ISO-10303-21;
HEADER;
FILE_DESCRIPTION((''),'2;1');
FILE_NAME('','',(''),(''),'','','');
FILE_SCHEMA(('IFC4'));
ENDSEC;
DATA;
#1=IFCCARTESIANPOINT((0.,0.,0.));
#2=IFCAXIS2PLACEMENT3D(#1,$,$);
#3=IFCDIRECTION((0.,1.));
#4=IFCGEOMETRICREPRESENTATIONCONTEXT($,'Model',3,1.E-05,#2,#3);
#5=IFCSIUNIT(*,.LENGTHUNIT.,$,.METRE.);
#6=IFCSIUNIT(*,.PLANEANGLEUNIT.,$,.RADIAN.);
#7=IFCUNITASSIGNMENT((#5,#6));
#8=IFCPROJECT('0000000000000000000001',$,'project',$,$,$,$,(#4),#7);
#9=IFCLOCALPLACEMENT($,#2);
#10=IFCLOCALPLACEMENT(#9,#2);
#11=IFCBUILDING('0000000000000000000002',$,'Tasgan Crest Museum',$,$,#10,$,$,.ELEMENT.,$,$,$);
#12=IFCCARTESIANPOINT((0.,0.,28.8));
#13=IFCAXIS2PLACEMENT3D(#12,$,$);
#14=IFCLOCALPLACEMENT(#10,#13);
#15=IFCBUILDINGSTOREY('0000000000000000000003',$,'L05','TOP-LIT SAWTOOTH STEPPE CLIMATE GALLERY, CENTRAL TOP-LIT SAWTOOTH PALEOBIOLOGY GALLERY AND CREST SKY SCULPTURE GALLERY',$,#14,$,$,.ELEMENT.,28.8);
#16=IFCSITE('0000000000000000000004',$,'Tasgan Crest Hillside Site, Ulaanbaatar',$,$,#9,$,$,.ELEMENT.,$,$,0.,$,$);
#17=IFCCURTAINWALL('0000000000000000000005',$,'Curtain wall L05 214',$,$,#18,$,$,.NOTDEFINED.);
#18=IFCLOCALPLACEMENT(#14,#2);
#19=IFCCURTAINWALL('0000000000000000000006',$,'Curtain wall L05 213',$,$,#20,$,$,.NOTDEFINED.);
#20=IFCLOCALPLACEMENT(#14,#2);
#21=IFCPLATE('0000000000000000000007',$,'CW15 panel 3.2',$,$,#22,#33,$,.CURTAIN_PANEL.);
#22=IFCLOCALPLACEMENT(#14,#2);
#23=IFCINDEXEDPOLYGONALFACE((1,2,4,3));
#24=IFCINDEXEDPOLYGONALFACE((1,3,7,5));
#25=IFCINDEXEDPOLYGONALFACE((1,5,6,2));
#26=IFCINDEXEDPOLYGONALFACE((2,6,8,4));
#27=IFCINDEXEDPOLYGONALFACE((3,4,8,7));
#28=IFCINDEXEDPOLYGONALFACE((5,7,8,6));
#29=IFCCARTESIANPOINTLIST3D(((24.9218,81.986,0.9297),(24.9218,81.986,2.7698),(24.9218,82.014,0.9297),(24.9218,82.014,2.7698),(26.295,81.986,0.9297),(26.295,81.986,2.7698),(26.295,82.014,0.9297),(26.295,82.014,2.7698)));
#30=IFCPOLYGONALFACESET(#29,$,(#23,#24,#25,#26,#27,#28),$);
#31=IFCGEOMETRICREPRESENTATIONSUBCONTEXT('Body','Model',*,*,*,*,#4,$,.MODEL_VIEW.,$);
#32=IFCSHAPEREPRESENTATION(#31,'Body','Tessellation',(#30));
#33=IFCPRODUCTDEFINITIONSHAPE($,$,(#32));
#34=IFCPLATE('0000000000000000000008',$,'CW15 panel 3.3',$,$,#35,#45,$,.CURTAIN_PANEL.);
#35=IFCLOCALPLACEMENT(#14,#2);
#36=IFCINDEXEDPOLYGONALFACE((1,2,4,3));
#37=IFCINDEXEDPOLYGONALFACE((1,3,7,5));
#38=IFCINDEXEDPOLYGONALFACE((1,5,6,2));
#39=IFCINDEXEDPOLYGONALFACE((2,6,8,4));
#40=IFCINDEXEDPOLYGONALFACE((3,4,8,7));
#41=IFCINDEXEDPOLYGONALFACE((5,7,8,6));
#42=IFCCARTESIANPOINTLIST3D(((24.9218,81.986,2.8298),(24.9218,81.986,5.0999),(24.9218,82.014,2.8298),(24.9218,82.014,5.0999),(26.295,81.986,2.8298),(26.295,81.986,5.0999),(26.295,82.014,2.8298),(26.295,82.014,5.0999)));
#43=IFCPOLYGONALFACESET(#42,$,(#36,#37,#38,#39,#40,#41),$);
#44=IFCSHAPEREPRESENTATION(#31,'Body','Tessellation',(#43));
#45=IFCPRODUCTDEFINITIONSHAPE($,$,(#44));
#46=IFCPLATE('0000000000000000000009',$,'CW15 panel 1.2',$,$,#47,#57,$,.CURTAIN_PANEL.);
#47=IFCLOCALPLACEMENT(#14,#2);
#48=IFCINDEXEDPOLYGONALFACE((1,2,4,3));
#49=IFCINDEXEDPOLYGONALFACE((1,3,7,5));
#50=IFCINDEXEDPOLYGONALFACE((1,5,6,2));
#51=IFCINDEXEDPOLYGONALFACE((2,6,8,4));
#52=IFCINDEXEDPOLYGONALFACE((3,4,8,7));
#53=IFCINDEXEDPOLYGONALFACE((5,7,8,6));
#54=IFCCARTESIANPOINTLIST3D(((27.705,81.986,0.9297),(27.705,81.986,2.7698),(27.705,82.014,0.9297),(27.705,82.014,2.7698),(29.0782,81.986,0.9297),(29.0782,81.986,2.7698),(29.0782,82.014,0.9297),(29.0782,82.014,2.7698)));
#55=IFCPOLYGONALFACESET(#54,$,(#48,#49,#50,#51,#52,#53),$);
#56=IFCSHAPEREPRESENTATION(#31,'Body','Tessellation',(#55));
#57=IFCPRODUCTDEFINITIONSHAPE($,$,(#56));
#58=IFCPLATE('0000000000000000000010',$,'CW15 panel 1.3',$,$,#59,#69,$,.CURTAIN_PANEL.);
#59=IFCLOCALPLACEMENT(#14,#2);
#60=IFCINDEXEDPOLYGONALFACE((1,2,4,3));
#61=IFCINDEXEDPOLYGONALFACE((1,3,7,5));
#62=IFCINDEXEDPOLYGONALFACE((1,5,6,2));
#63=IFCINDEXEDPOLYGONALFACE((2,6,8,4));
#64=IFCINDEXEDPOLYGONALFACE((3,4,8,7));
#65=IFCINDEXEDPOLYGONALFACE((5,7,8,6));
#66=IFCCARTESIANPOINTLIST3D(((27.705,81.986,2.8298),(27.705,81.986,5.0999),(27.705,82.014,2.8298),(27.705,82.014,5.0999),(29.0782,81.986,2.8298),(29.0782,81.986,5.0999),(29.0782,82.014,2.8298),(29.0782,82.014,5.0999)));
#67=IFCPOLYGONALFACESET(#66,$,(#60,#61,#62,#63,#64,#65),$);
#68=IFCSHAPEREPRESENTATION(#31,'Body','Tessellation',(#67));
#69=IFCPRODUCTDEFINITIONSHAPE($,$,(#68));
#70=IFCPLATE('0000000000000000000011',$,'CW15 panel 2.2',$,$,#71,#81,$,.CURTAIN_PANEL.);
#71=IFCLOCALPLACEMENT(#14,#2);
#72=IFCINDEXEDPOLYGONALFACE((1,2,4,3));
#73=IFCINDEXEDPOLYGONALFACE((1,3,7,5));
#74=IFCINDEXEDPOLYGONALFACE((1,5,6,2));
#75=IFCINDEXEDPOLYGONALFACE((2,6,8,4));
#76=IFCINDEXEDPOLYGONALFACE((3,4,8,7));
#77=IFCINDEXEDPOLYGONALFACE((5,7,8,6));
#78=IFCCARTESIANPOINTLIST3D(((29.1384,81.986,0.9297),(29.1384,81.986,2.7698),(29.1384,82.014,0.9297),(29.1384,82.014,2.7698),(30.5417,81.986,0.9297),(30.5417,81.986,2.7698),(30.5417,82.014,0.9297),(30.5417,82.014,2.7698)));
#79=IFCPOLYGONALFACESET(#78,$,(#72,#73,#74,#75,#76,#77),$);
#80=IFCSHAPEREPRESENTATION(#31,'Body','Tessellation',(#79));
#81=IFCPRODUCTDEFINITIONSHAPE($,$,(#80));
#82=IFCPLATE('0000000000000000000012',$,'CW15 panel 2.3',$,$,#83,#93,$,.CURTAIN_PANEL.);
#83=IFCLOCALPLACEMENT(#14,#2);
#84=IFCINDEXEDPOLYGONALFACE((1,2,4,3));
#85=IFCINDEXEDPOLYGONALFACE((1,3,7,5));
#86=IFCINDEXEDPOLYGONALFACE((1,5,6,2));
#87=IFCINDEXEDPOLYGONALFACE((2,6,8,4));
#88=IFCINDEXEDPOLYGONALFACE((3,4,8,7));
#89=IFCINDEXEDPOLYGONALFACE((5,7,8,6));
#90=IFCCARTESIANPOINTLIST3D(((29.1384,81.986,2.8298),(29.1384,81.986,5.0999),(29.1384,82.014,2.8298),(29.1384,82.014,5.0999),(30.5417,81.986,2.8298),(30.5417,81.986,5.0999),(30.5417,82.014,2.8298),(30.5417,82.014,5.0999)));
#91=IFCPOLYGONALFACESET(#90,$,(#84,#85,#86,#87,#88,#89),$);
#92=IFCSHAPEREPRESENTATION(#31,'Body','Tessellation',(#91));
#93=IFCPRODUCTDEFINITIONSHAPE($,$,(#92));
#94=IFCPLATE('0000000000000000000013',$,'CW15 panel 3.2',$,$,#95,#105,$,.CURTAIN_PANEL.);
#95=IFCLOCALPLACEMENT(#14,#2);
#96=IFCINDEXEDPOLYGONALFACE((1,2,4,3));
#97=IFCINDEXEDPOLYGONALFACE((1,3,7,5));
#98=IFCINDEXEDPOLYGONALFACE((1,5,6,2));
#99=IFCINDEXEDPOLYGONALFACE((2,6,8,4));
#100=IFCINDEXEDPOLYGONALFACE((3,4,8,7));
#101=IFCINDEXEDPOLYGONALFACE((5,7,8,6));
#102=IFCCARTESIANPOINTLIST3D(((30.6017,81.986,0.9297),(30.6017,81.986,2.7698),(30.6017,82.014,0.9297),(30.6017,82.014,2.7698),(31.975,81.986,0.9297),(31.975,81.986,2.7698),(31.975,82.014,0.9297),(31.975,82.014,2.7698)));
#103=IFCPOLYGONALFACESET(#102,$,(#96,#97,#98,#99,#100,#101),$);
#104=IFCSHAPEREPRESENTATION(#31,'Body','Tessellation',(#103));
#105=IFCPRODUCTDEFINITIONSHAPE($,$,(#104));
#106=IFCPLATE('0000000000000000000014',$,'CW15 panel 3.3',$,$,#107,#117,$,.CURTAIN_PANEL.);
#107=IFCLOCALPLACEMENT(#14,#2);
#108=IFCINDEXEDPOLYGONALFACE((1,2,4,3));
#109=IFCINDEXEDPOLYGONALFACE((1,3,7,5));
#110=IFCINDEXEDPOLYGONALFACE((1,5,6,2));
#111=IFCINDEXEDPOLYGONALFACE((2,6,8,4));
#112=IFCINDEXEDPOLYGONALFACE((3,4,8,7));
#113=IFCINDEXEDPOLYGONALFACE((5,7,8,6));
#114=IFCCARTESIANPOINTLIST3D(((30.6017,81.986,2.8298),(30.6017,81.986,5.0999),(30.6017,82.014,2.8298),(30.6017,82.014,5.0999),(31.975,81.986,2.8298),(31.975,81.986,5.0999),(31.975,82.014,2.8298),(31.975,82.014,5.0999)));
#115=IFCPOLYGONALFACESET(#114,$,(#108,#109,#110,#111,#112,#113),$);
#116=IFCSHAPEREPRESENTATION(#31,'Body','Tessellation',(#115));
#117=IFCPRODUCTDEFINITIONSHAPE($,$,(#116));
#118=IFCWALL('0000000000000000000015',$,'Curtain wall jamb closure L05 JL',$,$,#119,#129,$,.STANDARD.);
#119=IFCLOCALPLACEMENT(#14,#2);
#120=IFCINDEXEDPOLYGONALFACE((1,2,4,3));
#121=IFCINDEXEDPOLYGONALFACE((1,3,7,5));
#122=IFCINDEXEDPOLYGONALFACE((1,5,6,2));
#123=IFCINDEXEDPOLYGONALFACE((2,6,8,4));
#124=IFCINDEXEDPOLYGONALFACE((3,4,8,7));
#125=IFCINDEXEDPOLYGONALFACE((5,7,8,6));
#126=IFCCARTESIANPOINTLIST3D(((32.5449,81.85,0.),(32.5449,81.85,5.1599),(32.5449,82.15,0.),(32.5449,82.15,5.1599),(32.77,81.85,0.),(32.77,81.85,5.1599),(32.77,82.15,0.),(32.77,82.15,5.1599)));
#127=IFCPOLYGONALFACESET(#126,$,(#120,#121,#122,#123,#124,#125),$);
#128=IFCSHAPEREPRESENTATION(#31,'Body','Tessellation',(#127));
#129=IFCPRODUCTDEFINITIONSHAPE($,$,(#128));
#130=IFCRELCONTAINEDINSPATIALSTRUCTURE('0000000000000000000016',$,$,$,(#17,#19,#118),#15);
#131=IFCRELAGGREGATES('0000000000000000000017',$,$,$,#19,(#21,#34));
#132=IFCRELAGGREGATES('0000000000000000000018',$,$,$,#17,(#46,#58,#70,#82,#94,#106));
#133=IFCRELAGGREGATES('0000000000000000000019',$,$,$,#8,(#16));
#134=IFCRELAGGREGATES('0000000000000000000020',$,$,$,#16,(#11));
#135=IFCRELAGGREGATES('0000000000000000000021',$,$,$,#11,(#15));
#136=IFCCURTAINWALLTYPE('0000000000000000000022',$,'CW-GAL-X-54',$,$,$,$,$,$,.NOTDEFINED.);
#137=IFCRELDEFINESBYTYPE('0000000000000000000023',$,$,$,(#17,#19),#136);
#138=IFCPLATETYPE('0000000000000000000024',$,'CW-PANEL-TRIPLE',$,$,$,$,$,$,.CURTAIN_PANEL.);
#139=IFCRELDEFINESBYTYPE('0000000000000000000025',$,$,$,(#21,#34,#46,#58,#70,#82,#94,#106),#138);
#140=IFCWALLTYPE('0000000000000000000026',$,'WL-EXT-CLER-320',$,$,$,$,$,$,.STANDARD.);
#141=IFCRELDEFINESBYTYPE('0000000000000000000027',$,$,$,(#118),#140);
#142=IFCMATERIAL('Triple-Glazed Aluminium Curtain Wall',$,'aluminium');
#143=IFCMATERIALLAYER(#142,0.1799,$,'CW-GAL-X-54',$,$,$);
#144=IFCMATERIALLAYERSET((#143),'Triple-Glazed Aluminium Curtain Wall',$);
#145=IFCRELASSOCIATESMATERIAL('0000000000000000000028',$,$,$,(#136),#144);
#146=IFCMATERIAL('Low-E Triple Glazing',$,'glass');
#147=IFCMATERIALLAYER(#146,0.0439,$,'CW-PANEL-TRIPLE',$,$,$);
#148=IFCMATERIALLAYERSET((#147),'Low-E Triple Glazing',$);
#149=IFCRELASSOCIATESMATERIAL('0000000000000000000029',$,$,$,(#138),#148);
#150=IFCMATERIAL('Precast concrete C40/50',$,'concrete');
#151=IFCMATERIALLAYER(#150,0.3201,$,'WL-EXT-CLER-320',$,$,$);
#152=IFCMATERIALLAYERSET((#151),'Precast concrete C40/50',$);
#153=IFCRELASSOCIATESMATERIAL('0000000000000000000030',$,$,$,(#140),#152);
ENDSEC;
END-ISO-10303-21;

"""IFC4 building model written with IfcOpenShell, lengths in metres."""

from ifc_helpers import new_model, si_unit, direction, frame, frame_2d, origin, origin_2d, place, context, subcontext, project, spatial, rectangle, extrude, material, layer, layer_set, type_object, element, aggregate, save


model = new_model("IFC4")

# Units and contexts
model_context = context("Model", 3, precision=1e-05, world=origin(), true_north=direction((0.0, 1.0)))
body_context = subcontext(model_context, "Body", "Model", "MODEL_VIEW")
ifc_project = project(units=[si_unit("LENGTHUNIT", "METRE"), si_unit("PLANEANGLEUNIT", "RADIAN")], contexts=[model_context])

# Site, building, storey
site_placement = place(None, origin())
site = spatial("IfcSite", under=ifc_project, at=site_placement, Name="Tasgan Crest Hillside Site, Ulaanbaatar", CompositionType="ELEMENT", RefElevation=0.0)
building_placement = place(site_placement, origin())
building = spatial("IfcBuilding", under=site, at=building_placement, Name="Tasgan Crest Museum", CompositionType="ELEMENT")
storey_placement = place(building_placement, frame((0.0, 0.0, 28.8)))
storey = spatial("IfcBuildingStorey", under=building, at=storey_placement, Name="L05", Description="TOP-LIT SAWTOOTH STEPPE CLIMATE GALLERY, CENTRAL TOP-LIT SAWTOOTH PALEOBIOLOGY GALLERY AND CREST SKY SCULPTURE GALLERY", CompositionType="ELEMENT", Elevation=28.8)

# Curtain wall
ifc_material_1 = material(Name="Triple-Glazed Aluminium Curtain Wall", Category="aluminium")
ifc_layer_1 = layer(ifc_material_1, 0.1799, Name="CW-GAL-X-54")
ifc_layer_set_1 = layer_set([ifc_layer_1], Name="Triple-Glazed Aluminium Curtain Wall")
curtain_wall_type = type_object("IfcCurtainWallType", Name="CW-GAL-X-54", PredefinedType="NOTDEFINED", material=ifc_layer_set_1)
curtain_wall_1_placement = place(storey_placement, origin())
curtain_wall_1 = element("IfcCurtainWall", 1, at=curtain_wall_1_placement, inside=storey, type_object=curtain_wall_type, Name="Curtain wall L05 214", PredefinedType="NOTDEFINED")

# Curtain wall
curtain_wall_2_placement = place(storey_placement, origin())
curtain_wall_2 = element("IfcCurtainWall", 2, at=curtain_wall_2_placement, inside=storey, type_object=curtain_wall_type, Name="Curtain wall L05 213", PredefinedType="NOTDEFINED")

# Plates
ifc_material_2 = material(Name="Low-E Triple Glazing", Category="glass")
ifc_layer_2 = layer(ifc_material_2, 0.0439, Name="CW-PANEL-TRIPLE")
ifc_layer_set_2 = layer_set([ifc_layer_2], Name="Low-E Triple Glazing")
plate_type_1 = type_object("IfcPlateType", Name="CW-PANEL-TRIPLE", PredefinedType="CURTAIN_PANEL", material=ifc_layer_set_2)
plate_1_placement = place(storey_placement, frame((25.6084, 82.0, 0.9297), z_axis=(0.0, 0.0, 1.0), x_axis=(1.0, 0.0, 0.0)))
plate_1 = element("IfcPlate", 3, at=plate_1_placement, type_object=plate_type_1, Name="CW15 panel 3.2", PredefinedType="CURTAIN_PANEL", context=body_context, shape_type="SweptSolid", body=[
    extrude(rectangle(XDim=1.3733, YDim=0.0281, at=origin_2d()), origin(), (0.0, 0.0, 1.0), 1.8401),
])
plate_2_placement = place(storey_placement, frame((25.6084, 82.0, 2.8298), z_axis=(0.0, 0.0, 1.0), x_axis=(1.0, 0.0, 0.0)))
plate_2 = element("IfcPlate", 4, at=plate_2_placement, type_object=plate_type_1, Name="CW15 panel 3.3", PredefinedType="CURTAIN_PANEL", context=body_context, shape_type="SweptSolid", body=[
    extrude(rectangle(XDim=1.3733, YDim=0.0281, at=origin_2d()), origin(), (0.0, 0.0, 1.0), 2.27),
])
aggregate(curtain_wall_2, [plate_1, plate_2])
plate_3_placement = place(storey_placement, frame((28.3916, 82.0, 0.9297), z_axis=(0.0, 0.0, 1.0), x_axis=(1.0, 0.0, 0.0)))
plate_3 = element("IfcPlate", 5, at=plate_3_placement, type_object=plate_type_1, Name="CW15 panel 1.2", PredefinedType="CURTAIN_PANEL", context=body_context, shape_type="SweptSolid", body=[
    extrude(rectangle(XDim=1.3733, YDim=0.0281, at=origin_2d()), origin(), (0.0, 0.0, 1.0), 1.8401),
])
plate_4_placement = place(storey_placement, frame((28.3916, 82.0, 2.8298), z_axis=(0.0, 0.0, 1.0), x_axis=(1.0, 0.0, 0.0)))
plate_4 = element("IfcPlate", 6, at=plate_4_placement, type_object=plate_type_1, Name="CW15 panel 1.3", PredefinedType="CURTAIN_PANEL", context=body_context, shape_type="SweptSolid", body=[
    extrude(rectangle(XDim=1.3733, YDim=0.0281, at=origin_2d()), origin(), (0.0, 0.0, 1.0), 2.27),
])
plate_5_placement = place(storey_placement, frame((29.8401, 82.0, 0.9297), z_axis=(0.0, 0.0, 1.0), x_axis=(1.0, 0.0, 0.0)))
plate_5 = element("IfcPlate", 7, at=plate_5_placement, type_object=plate_type_1, Name="CW15 panel 2.2", PredefinedType="CURTAIN_PANEL", context=body_context, shape_type="SweptSolid", body=[
    extrude(rectangle(XDim=1.4033, YDim=0.0281, at=origin_2d()), origin(), (0.0, 0.0, 1.0), 1.8401),
])
plate_6_placement = place(storey_placement, frame((29.8401, 82.0, 2.8298), z_axis=(0.0, 0.0, 1.0), x_axis=(1.0, 0.0, 0.0)))
plate_6 = element("IfcPlate", 8, at=plate_6_placement, type_object=plate_type_1, Name="CW15 panel 2.3", PredefinedType="CURTAIN_PANEL", context=body_context, shape_type="SweptSolid", body=[
    extrude(rectangle(XDim=1.4033, YDim=0.0281, at=origin_2d()), origin(), (0.0, 0.0, 1.0), 2.27),
])
plate_7_placement = place(storey_placement, frame((31.2883, 82.0, 0.9297), z_axis=(0.0, 0.0, 1.0), x_axis=(1.0, 0.0, 0.0)))
plate_7 = element("IfcPlate", 9, at=plate_7_placement, type_object=plate_type_1, Name="CW15 panel 3.2", PredefinedType="CURTAIN_PANEL", context=body_context, shape_type="SweptSolid", body=[
    extrude(rectangle(XDim=1.3733, YDim=0.0281, at=origin_2d()), origin(), (0.0, 0.0, 1.0), 1.8401),
])
plate_8_placement = place(storey_placement, frame((31.2883, 82.0, 2.8298), z_axis=(0.0, 0.0, 1.0), x_axis=(1.0, 0.0, 0.0)))
plate_8 = element("IfcPlate", 10, at=plate_8_placement, type_object=plate_type_1, Name="CW15 panel 3.3", PredefinedType="CURTAIN_PANEL", context=body_context, shape_type="SweptSolid", body=[
    extrude(rectangle(XDim=1.3733, YDim=0.0281, at=origin_2d()), origin(), (0.0, 0.0, 1.0), 2.27),
])
aggregate(curtain_wall_1, [plate_3, plate_4, plate_5, plate_6, plate_7, plate_8])

# Wall
ifc_material_3 = material(Name="Precast concrete C40/50", Category="concrete")
ifc_layer_3 = layer(ifc_material_3, 0.3201, Name="WL-EXT-CLER-320")
ifc_layer_set_3 = layer_set([ifc_layer_3], Name="Precast concrete C40/50")
wall_type = type_object("IfcWallType", Name="WL-EXT-CLER-320", PredefinedType="STANDARD", material=ifc_layer_set_3)
wall_placement = place(storey_placement, frame((32.5449, 82.0, 0.0), z_axis=(0.0, 0.0, 1.0), x_axis=(1.0, 0.0, 0.0)))
element("IfcWall", 11, at=wall_placement, inside=storey, type_object=wall_type, Name="Curtain wall jamb closure L05 JL", PredefinedType="STANDARD", context=body_context, shape_type="SweptSolid", body=[
    extrude(rectangle(XDim=0.2251, YDim=0.3, at=frame_2d((0.1125, 0.0))), origin(), (0.0, 0.0, 1.0), 5.1599),
])

save(model, "model.ifc")
